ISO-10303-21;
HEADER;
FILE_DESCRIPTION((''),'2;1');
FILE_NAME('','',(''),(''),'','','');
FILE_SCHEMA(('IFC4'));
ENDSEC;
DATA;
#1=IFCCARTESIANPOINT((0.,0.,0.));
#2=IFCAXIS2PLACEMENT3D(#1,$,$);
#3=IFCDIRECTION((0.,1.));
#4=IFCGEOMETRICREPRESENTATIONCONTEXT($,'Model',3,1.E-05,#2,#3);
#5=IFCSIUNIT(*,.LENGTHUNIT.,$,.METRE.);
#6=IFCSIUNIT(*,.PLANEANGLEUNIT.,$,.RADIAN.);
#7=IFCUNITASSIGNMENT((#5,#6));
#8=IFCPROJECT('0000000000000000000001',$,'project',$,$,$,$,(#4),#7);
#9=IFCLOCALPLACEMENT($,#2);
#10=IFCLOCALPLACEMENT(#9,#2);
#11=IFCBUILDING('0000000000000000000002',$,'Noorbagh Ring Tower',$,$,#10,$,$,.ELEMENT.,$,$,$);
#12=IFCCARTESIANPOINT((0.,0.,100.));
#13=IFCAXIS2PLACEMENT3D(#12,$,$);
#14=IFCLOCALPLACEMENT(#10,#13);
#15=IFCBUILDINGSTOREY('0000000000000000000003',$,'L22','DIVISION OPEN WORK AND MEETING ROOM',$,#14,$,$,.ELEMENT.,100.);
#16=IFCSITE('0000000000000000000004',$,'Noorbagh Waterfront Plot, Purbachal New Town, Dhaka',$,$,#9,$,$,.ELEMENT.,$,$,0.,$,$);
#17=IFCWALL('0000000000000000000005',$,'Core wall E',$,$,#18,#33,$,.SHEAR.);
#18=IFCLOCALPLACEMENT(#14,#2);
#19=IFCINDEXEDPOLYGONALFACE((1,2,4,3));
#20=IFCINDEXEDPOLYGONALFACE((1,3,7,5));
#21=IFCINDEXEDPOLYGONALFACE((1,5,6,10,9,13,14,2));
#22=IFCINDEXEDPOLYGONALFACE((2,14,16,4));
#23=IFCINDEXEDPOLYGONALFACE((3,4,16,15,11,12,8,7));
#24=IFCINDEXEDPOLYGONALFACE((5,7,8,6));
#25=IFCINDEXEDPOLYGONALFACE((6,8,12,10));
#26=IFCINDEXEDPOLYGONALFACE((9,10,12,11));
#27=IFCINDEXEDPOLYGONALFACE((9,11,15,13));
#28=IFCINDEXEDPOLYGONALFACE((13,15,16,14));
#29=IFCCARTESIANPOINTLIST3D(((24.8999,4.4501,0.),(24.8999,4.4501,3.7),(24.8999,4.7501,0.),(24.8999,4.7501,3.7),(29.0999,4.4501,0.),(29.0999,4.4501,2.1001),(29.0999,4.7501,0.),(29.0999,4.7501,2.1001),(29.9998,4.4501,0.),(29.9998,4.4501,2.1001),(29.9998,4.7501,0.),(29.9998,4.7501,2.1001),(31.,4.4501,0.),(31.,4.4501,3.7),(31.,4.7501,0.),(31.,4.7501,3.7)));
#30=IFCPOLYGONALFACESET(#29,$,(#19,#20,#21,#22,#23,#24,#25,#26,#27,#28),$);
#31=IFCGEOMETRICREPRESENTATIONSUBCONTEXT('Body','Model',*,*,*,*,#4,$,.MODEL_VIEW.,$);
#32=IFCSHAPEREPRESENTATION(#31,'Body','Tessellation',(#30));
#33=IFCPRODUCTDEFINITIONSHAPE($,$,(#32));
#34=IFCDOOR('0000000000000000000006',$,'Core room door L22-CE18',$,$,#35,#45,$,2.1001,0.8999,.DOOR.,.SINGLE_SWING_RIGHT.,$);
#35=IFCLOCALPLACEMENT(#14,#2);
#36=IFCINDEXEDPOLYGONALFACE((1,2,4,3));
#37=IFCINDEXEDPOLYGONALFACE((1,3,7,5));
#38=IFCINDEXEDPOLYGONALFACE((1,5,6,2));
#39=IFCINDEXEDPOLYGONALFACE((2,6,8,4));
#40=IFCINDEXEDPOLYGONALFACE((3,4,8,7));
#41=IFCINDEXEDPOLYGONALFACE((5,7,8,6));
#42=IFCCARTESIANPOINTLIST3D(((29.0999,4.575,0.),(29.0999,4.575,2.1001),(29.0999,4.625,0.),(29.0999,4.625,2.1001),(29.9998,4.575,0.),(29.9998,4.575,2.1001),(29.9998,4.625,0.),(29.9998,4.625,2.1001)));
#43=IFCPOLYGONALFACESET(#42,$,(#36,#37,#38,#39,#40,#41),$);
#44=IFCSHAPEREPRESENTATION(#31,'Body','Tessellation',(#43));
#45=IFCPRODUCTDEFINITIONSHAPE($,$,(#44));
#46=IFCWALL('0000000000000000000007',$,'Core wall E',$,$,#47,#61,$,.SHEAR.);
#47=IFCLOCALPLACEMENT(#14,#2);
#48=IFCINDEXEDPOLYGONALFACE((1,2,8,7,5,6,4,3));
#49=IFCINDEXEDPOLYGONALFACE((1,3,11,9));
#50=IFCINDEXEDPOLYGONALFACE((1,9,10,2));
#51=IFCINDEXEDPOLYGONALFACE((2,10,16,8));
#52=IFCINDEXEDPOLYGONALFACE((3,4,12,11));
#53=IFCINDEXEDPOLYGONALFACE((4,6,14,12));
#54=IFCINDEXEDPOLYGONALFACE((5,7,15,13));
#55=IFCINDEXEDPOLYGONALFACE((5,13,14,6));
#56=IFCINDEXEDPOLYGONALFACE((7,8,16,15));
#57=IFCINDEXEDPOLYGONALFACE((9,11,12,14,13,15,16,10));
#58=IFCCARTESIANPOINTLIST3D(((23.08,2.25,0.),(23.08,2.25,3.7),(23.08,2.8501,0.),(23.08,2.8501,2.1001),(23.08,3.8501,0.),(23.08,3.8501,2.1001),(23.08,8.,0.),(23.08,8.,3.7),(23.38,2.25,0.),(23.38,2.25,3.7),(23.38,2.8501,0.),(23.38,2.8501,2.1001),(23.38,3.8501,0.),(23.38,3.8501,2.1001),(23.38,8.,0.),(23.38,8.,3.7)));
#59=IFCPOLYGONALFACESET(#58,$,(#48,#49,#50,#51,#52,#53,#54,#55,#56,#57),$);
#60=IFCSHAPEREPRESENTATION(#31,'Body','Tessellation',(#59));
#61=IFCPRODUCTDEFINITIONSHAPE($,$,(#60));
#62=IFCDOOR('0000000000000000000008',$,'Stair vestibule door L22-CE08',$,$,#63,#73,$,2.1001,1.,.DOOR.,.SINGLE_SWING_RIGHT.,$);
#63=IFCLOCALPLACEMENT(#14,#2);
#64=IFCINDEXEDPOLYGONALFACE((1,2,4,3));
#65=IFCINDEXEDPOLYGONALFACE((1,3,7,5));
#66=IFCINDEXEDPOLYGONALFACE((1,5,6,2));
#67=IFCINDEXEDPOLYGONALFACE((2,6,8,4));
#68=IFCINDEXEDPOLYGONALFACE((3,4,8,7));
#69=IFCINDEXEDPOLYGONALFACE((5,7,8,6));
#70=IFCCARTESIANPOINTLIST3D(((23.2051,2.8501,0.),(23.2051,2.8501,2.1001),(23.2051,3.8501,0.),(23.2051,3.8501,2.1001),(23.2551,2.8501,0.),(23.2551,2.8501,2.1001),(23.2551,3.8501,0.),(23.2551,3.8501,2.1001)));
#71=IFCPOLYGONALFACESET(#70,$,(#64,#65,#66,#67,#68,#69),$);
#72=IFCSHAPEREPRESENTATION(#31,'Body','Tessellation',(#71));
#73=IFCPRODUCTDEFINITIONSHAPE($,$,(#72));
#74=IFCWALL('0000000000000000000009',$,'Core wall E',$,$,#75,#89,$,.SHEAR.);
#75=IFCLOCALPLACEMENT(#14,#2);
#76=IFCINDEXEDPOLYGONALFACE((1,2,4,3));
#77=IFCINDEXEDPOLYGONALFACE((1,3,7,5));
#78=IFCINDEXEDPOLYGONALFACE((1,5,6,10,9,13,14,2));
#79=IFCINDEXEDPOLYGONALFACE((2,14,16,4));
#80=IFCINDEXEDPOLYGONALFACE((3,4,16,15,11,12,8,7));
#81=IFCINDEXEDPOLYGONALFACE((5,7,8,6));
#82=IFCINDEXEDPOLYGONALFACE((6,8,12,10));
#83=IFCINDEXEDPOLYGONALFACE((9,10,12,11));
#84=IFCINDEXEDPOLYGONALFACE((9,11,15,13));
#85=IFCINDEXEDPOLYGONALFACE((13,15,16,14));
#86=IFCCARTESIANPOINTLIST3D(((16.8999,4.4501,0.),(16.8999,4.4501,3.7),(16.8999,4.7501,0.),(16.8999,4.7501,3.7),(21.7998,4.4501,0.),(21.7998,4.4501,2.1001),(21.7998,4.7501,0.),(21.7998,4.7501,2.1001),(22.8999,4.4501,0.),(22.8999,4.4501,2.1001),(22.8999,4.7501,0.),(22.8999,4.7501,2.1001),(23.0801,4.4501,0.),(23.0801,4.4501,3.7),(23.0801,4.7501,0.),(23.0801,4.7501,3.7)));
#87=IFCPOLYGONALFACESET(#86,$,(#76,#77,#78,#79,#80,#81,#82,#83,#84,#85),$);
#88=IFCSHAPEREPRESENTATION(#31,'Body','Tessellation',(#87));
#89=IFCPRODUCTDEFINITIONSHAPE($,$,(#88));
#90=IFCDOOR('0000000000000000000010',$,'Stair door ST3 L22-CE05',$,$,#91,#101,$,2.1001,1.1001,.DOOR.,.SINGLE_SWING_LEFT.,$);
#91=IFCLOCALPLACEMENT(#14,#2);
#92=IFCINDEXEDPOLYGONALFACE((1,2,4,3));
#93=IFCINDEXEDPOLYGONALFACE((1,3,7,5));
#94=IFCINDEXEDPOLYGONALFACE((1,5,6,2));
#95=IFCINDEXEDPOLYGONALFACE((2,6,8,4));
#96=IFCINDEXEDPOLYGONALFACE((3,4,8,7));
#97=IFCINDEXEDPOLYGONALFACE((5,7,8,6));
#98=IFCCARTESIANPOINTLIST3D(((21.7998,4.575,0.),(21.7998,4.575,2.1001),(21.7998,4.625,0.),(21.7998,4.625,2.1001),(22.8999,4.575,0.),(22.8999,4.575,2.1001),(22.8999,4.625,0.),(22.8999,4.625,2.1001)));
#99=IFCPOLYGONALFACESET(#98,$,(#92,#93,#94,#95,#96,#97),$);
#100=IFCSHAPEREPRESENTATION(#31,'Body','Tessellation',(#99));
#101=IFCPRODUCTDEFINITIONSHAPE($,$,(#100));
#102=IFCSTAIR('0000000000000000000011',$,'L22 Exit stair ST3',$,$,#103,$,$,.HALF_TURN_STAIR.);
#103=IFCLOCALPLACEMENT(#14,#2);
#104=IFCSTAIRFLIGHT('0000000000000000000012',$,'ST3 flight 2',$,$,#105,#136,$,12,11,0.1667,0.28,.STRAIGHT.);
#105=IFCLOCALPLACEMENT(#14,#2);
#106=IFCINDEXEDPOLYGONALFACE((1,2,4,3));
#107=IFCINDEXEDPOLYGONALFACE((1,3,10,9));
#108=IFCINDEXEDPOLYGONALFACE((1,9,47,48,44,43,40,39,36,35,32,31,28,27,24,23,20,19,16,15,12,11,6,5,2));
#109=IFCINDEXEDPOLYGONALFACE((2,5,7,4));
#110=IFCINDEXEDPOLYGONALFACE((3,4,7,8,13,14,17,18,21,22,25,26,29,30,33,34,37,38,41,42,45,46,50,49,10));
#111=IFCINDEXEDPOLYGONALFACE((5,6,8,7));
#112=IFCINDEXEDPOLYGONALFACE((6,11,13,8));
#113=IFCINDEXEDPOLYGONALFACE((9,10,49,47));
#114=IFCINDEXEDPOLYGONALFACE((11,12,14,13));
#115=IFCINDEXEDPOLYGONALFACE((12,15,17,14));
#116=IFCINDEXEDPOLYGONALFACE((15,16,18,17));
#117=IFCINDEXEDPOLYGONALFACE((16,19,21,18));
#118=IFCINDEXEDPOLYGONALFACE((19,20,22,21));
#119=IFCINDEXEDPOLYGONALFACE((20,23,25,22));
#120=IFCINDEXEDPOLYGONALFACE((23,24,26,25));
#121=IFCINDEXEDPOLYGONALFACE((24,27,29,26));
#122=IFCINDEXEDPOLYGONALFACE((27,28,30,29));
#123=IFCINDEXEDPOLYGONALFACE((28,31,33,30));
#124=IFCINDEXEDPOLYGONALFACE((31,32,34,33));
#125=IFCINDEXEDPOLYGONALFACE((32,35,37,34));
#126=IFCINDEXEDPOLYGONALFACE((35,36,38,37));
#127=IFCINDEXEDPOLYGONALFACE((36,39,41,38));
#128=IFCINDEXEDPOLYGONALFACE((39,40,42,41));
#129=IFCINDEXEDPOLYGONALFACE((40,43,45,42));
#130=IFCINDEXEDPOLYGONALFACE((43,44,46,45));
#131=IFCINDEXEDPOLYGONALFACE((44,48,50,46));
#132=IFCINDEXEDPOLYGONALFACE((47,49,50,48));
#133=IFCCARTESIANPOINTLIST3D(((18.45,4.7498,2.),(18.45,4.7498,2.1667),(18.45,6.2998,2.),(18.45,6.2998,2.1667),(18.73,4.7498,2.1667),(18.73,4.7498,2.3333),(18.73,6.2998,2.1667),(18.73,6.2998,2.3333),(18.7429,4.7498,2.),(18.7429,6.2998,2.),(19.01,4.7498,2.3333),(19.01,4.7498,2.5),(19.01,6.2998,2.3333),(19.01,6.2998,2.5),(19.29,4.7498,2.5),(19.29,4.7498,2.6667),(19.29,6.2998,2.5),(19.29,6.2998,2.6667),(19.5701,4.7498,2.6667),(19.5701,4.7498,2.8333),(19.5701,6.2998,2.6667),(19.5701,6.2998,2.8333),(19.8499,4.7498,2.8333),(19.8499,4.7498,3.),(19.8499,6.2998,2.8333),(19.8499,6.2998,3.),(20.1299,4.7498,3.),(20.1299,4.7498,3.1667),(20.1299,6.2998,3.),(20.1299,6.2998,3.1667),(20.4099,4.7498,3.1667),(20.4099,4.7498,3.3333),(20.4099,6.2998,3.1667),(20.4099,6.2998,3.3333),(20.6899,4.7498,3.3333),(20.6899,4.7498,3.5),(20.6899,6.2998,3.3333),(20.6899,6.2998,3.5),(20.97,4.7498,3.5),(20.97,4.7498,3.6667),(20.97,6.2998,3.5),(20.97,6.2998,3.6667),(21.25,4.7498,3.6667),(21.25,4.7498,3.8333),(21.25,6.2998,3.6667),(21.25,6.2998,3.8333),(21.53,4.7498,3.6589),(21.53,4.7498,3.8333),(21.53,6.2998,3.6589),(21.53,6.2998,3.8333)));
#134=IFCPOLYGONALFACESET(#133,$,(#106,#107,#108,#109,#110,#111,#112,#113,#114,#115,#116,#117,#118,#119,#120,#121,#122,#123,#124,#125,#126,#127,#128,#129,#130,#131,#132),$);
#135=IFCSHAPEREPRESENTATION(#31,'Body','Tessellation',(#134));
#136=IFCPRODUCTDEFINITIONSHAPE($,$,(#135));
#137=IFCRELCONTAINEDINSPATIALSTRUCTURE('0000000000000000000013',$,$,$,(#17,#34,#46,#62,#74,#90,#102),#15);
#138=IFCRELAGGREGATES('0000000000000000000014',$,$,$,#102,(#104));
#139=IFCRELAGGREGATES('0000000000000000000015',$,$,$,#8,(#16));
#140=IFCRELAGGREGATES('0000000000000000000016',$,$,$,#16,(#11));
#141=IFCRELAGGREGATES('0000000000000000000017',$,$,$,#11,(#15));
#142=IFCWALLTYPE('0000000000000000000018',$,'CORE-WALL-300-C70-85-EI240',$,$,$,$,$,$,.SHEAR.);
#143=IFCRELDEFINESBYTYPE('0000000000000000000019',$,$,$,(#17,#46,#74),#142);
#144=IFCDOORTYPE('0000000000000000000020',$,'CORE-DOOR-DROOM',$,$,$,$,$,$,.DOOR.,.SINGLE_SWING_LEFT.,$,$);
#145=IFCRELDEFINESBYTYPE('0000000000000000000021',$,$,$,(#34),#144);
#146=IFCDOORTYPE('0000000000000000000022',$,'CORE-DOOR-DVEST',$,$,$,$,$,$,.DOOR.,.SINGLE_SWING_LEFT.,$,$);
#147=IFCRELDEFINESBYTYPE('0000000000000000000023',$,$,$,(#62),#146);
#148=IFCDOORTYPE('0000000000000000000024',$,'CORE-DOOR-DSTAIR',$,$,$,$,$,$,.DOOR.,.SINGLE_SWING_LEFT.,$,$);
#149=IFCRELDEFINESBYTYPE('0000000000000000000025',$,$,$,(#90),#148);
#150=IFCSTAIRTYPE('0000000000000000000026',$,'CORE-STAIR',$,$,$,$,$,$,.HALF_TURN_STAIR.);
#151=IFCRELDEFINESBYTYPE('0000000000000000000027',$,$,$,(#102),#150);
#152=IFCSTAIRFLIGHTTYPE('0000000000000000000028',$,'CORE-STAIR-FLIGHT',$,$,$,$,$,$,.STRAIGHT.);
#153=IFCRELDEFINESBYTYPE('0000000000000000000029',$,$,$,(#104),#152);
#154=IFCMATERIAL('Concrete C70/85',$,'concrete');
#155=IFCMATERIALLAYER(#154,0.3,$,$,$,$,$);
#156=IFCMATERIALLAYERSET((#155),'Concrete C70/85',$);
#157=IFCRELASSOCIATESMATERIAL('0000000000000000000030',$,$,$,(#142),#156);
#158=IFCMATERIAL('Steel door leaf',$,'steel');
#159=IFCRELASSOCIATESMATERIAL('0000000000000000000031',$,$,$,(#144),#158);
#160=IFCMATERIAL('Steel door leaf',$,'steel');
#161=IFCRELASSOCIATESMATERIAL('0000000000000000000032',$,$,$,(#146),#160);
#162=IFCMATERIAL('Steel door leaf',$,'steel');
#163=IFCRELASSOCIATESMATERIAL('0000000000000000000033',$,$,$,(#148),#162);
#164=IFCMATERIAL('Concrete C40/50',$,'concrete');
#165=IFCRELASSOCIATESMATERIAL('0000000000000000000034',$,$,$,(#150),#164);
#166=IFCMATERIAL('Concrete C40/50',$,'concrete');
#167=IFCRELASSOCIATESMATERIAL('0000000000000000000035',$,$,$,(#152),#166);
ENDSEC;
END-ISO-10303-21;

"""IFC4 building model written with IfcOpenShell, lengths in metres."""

from ifc_helpers import new_model, si_unit, direction, frame, frame_2d, origin, place, context, subcontext, project, spatial, polyline, rectangle, outline, extrude, material, layer, layer_set, type_object, element, fill, aggregate, save


model = new_model("IFC4")

# Units and contexts
model_context = context("Model", 3, precision=1e-05, world=origin(), true_north=direction((0.0, 1.0)))
body_context = subcontext(model_context, "Body", "Model", "MODEL_VIEW")
ifc_project = project(units=[si_unit("LENGTHUNIT", "METRE"), si_unit("PLANEANGLEUNIT", "RADIAN")], contexts=[model_context])

# Site, building, storey
site_placement = place(None, origin())
site = spatial("IfcSite", under=ifc_project, at=site_placement, Name="Noorbagh Waterfront Plot, Purbachal New Town, Dhaka", CompositionType="ELEMENT", RefElevation=0.0)
building_placement = place(site_placement, origin())
building = spatial("IfcBuilding", under=site, at=building_placement, Name="Noorbagh Ring Tower", CompositionType="ELEMENT")
storey_placement = place(building_placement, frame((0.0, 0.0, 100.0)))
storey = spatial("IfcBuildingStorey", under=building, at=storey_placement, Name="L22", Description="DIVISION OPEN WORK AND MEETING ROOM", CompositionType="ELEMENT", Elevation=100.0)

# Walls, openings, doors
ifc_material_1 = material(Name="Concrete C70/85", Category="concrete")
ifc_layer_1 = layer(ifc_material_1, 0.3)
ifc_layer_set_1 = layer_set([ifc_layer_1], Name="Concrete C70/85")
wall_type_1 = type_object("IfcWallType", Name="CORE-WALL-300-C70-85-EI240", PredefinedType="SHEAR", material=ifc_layer_set_1)
wall_1_placement = place(storey_placement, frame((24.8999, 4.6001, 0.0), z_axis=(0.0, 0.0, 1.0), x_axis=(1.0, 0.0, 0.0)))
wall_1 = element("IfcWall", 1, at=wall_1_placement, inside=storey, type_object=wall_type_1, Name="Core wall E", PredefinedType="SHEAR", context=body_context, shape_type="SweptSolid", body=[
    extrude(rectangle(XDim=6.1001, YDim=0.3, at=frame_2d((3.05, 0.0))), origin(), (0.0, 0.0, 1.0), 3.7),
])
opening_1_placement = place(wall_1_placement, frame((4.2, 0.0, 0.0)))
opening_1 = element("IfcOpeningElement", 2, at=opening_1_placement, cuts=wall_1, PredefinedType="OPENING", context=body_context, shape_type="SweptSolid", body=[
    extrude(rectangle(XDim=0.8999, YDim=2.1001, at=frame_2d((0.45, 1.05))), frame((0.0, 0.1602, 0.0), z_axis=(0.0, -1.0, 0.0), x_axis=(1.0, 0.0, 0.0)), (0.0, 0.0, 1.0), 0.3201),
])
ifc_material_2 = material(Name="Steel door leaf", Category="steel")
door_type_1 = type_object("IfcDoorType", Name="CORE-DOOR-DROOM", OperationType="SINGLE_SWING_LEFT", PredefinedType="DOOR", material=ifc_material_2)
door_1_placement = place(opening_1_placement, origin())
door_1 = element("IfcDoor", 3, at=door_1_placement, inside=storey, type_object=door_type_1, Name="Core room door L22-CE18", OperationType="SINGLE_SWING_RIGHT", OverallHeight=2.1001, OverallWidth=0.8999, PredefinedType="DOOR", context=body_context, shape_type="SweptSolid", body=[
    extrude(rectangle(XDim=0.8999, YDim=2.1001, at=frame_2d((0.45, 1.05))), frame((0.0, 0.0249, 0.0), z_axis=(0.0, -1.0, 0.0), x_axis=(1.0, 0.0, 0.0)), (0.0, 0.0, 1.0), 0.05),
])
fill(opening_1, door_1)
wall_2_placement = place(storey_placement, frame((23.23, 2.25, 0.0), z_axis=(0.0, 0.0, 1.0), x_axis=(0.0, 1.0, 0.0)))
wall_2 = element("IfcWall", 4, at=wall_2_placement, inside=storey, type_object=wall_type_1, Name="Core wall E", PredefinedType="SHEAR", context=body_context, shape_type="SweptSolid", body=[
    extrude(rectangle(XDim=5.75, YDim=0.3, at=frame_2d((2.875, 0.0))), origin(), (0.0, 0.0, 1.0), 3.7),
])
opening_2_placement = place(wall_2_placement, frame((0.6001, 0.0, 0.0)))
opening_2 = element("IfcOpeningElement", 5, at=opening_2_placement, cuts=wall_2, PredefinedType="OPENING", context=body_context, shape_type="SweptSolid", body=[
    extrude(rectangle(XDim=1.0, YDim=2.1001, at=frame_2d((0.5, 1.05))), frame((0.0, 0.1602, 0.0), z_axis=(0.0, -1.0, 0.0), x_axis=(1.0, 0.0, 0.0)), (0.0, 0.0, 1.0), 0.3201),
])
ifc_material_3 = material(Name="Steel door leaf", Category="steel")
door_type_2 = type_object("IfcDoorType", Name="CORE-DOOR-DVEST", OperationType="SINGLE_SWING_LEFT", PredefinedType="DOOR", material=ifc_material_3)
door_2_placement = place(opening_2_placement, origin())
door_2 = element("IfcDoor", 6, at=door_2_placement, inside=storey, type_object=door_type_2, Name="Stair vestibule door L22-CE08", OperationType="SINGLE_SWING_RIGHT", OverallHeight=2.1001, OverallWidth=1.0, PredefinedType="DOOR", context=body_context, shape_type="SweptSolid", body=[
    extrude(rectangle(XDim=1.0, YDim=2.1001, at=frame_2d((0.5, 1.05))), frame((0.0, 0.0249, 0.0), z_axis=(0.0, -1.0, 0.0), x_axis=(1.0, 0.0, 0.0)), (0.0, 0.0, 1.0), 0.05),
])
fill(opening_2, door_2)
wall_3_placement = place(storey_placement, frame((16.8999, 4.6001, 0.0), z_axis=(0.0, 0.0, 1.0), x_axis=(1.0, 0.0, 0.0)))
wall_3 = element("IfcWall", 7, at=wall_3_placement, inside=storey, type_object=wall_type_1, Name="Core wall E", PredefinedType="SHEAR", context=body_context, shape_type="SweptSolid", body=[
    extrude(rectangle(XDim=6.1802, YDim=0.3, at=frame_2d((3.0901, 0.0))), origin(), (0.0, 0.0, 1.0), 3.7),
])
opening_3_placement = place(wall_3_placement, frame((4.8999, 0.0, 0.0)))
opening_3 = element("IfcOpeningElement", 8, at=opening_3_placement, cuts=wall_3, PredefinedType="OPENING", context=body_context, shape_type="SweptSolid", body=[
    extrude(rectangle(XDim=1.1001, YDim=2.1001, at=frame_2d((0.55, 1.05))), frame((0.0, 0.1602, 0.0), z_axis=(0.0, -1.0, 0.0), x_axis=(1.0, 0.0, 0.0)), (0.0, 0.0, 1.0), 0.3201),
])
ifc_material_4 = material(Name="Steel door leaf", Category="steel")
door_type_3 = type_object("IfcDoorType", Name="CORE-DOOR-DSTAIR", OperationType="SINGLE_SWING_LEFT", PredefinedType="DOOR", material=ifc_material_4)
door_3_placement = place(opening_3_placement, origin())
door_3 = element("IfcDoor", 9, at=door_3_placement, inside=storey, type_object=door_type_3, Name="Stair door ST3 L22-CE05", OperationType="SINGLE_SWING_LEFT", OverallHeight=2.1001, OverallWidth=1.1001, PredefinedType="DOOR", context=body_context, shape_type="SweptSolid", body=[
    extrude(rectangle(XDim=1.1001, YDim=2.1001, at=frame_2d((0.55, 1.05))), frame((0.0, 0.0249, 0.0), z_axis=(0.0, -1.0, 0.0), x_axis=(1.0, 0.0, 0.0)), (0.0, 0.0, 1.0), 0.05),
])
fill(opening_3, door_3)

# Stair, stair flight
ifc_material_5 = material(Name="Concrete C40/50", Category="concrete")
stair_type = type_object("IfcStairType", Name="CORE-STAIR", PredefinedType="HALF_TURN_STAIR", material=ifc_material_5)
stair_placement = place(storey_placement, origin())
stair = element("IfcStair", 10, at=stair_placement, inside=storey, type_object=stair_type, Name="L22 Exit stair ST3", PredefinedType="HALF_TURN_STAIR")
ifc_material_6 = material(Name="Concrete C40/50", Category="concrete")
stair_flight_type = type_object("IfcStairFlightType", Name="CORE-STAIR-FLIGHT", PredefinedType="STRAIGHT", material=ifc_material_6)
stair_flight_placement = place(storey_placement, frame((18.45, 5.5249, 2.0), z_axis=(0.0, 0.0, 1.0), x_axis=(1.0, 0.0, 0.0)))
stair_flight = element("IfcStairFlight", 11, at=stair_flight_placement, type_object=stair_flight_type, Name="ST3 flight 2", NumberOfRisers=12, NumberOfTreads=11, PredefinedType="STRAIGHT", RiserHeight=0.1667, TreadLength=0.28, context=body_context, shape_type="SweptSolid", body=[
    extrude(outline(polyline([(0.0, 0.0), (0.0, 0.1667), (0.28, 0.1667), (0.28, 0.3333), (0.5601, 0.3333), (0.5601, 0.5), (0.8401, 0.5), (0.8401, 0.6667), (1.1201, 0.6667), (1.1201, 0.8333), (1.3999, 0.8333), (1.3999, 1.0), (1.6799, 1.0), (1.6799, 1.1667), (1.96, 1.1667), (1.96, 1.3333), (2.24, 1.3333), (2.24, 1.5), (2.52, 1.5), (2.52, 1.6667), (2.8, 1.6667), (2.8, 1.8333), (3.0801, 1.8333), (3.0801, 2.0), (3.0801, 1.6589), (0.293, 0.0), (0.0, 0.0)])), frame((0.0, 0.7749, 0.0), z_axis=(0.0, -1.0, 0.0), x_axis=(1.0, 0.0, 0.0)), (0.0, 0.0, 1.0), 1.55),
])
aggregate(stair, [stair_flight])

save(model, "model.ifc")
